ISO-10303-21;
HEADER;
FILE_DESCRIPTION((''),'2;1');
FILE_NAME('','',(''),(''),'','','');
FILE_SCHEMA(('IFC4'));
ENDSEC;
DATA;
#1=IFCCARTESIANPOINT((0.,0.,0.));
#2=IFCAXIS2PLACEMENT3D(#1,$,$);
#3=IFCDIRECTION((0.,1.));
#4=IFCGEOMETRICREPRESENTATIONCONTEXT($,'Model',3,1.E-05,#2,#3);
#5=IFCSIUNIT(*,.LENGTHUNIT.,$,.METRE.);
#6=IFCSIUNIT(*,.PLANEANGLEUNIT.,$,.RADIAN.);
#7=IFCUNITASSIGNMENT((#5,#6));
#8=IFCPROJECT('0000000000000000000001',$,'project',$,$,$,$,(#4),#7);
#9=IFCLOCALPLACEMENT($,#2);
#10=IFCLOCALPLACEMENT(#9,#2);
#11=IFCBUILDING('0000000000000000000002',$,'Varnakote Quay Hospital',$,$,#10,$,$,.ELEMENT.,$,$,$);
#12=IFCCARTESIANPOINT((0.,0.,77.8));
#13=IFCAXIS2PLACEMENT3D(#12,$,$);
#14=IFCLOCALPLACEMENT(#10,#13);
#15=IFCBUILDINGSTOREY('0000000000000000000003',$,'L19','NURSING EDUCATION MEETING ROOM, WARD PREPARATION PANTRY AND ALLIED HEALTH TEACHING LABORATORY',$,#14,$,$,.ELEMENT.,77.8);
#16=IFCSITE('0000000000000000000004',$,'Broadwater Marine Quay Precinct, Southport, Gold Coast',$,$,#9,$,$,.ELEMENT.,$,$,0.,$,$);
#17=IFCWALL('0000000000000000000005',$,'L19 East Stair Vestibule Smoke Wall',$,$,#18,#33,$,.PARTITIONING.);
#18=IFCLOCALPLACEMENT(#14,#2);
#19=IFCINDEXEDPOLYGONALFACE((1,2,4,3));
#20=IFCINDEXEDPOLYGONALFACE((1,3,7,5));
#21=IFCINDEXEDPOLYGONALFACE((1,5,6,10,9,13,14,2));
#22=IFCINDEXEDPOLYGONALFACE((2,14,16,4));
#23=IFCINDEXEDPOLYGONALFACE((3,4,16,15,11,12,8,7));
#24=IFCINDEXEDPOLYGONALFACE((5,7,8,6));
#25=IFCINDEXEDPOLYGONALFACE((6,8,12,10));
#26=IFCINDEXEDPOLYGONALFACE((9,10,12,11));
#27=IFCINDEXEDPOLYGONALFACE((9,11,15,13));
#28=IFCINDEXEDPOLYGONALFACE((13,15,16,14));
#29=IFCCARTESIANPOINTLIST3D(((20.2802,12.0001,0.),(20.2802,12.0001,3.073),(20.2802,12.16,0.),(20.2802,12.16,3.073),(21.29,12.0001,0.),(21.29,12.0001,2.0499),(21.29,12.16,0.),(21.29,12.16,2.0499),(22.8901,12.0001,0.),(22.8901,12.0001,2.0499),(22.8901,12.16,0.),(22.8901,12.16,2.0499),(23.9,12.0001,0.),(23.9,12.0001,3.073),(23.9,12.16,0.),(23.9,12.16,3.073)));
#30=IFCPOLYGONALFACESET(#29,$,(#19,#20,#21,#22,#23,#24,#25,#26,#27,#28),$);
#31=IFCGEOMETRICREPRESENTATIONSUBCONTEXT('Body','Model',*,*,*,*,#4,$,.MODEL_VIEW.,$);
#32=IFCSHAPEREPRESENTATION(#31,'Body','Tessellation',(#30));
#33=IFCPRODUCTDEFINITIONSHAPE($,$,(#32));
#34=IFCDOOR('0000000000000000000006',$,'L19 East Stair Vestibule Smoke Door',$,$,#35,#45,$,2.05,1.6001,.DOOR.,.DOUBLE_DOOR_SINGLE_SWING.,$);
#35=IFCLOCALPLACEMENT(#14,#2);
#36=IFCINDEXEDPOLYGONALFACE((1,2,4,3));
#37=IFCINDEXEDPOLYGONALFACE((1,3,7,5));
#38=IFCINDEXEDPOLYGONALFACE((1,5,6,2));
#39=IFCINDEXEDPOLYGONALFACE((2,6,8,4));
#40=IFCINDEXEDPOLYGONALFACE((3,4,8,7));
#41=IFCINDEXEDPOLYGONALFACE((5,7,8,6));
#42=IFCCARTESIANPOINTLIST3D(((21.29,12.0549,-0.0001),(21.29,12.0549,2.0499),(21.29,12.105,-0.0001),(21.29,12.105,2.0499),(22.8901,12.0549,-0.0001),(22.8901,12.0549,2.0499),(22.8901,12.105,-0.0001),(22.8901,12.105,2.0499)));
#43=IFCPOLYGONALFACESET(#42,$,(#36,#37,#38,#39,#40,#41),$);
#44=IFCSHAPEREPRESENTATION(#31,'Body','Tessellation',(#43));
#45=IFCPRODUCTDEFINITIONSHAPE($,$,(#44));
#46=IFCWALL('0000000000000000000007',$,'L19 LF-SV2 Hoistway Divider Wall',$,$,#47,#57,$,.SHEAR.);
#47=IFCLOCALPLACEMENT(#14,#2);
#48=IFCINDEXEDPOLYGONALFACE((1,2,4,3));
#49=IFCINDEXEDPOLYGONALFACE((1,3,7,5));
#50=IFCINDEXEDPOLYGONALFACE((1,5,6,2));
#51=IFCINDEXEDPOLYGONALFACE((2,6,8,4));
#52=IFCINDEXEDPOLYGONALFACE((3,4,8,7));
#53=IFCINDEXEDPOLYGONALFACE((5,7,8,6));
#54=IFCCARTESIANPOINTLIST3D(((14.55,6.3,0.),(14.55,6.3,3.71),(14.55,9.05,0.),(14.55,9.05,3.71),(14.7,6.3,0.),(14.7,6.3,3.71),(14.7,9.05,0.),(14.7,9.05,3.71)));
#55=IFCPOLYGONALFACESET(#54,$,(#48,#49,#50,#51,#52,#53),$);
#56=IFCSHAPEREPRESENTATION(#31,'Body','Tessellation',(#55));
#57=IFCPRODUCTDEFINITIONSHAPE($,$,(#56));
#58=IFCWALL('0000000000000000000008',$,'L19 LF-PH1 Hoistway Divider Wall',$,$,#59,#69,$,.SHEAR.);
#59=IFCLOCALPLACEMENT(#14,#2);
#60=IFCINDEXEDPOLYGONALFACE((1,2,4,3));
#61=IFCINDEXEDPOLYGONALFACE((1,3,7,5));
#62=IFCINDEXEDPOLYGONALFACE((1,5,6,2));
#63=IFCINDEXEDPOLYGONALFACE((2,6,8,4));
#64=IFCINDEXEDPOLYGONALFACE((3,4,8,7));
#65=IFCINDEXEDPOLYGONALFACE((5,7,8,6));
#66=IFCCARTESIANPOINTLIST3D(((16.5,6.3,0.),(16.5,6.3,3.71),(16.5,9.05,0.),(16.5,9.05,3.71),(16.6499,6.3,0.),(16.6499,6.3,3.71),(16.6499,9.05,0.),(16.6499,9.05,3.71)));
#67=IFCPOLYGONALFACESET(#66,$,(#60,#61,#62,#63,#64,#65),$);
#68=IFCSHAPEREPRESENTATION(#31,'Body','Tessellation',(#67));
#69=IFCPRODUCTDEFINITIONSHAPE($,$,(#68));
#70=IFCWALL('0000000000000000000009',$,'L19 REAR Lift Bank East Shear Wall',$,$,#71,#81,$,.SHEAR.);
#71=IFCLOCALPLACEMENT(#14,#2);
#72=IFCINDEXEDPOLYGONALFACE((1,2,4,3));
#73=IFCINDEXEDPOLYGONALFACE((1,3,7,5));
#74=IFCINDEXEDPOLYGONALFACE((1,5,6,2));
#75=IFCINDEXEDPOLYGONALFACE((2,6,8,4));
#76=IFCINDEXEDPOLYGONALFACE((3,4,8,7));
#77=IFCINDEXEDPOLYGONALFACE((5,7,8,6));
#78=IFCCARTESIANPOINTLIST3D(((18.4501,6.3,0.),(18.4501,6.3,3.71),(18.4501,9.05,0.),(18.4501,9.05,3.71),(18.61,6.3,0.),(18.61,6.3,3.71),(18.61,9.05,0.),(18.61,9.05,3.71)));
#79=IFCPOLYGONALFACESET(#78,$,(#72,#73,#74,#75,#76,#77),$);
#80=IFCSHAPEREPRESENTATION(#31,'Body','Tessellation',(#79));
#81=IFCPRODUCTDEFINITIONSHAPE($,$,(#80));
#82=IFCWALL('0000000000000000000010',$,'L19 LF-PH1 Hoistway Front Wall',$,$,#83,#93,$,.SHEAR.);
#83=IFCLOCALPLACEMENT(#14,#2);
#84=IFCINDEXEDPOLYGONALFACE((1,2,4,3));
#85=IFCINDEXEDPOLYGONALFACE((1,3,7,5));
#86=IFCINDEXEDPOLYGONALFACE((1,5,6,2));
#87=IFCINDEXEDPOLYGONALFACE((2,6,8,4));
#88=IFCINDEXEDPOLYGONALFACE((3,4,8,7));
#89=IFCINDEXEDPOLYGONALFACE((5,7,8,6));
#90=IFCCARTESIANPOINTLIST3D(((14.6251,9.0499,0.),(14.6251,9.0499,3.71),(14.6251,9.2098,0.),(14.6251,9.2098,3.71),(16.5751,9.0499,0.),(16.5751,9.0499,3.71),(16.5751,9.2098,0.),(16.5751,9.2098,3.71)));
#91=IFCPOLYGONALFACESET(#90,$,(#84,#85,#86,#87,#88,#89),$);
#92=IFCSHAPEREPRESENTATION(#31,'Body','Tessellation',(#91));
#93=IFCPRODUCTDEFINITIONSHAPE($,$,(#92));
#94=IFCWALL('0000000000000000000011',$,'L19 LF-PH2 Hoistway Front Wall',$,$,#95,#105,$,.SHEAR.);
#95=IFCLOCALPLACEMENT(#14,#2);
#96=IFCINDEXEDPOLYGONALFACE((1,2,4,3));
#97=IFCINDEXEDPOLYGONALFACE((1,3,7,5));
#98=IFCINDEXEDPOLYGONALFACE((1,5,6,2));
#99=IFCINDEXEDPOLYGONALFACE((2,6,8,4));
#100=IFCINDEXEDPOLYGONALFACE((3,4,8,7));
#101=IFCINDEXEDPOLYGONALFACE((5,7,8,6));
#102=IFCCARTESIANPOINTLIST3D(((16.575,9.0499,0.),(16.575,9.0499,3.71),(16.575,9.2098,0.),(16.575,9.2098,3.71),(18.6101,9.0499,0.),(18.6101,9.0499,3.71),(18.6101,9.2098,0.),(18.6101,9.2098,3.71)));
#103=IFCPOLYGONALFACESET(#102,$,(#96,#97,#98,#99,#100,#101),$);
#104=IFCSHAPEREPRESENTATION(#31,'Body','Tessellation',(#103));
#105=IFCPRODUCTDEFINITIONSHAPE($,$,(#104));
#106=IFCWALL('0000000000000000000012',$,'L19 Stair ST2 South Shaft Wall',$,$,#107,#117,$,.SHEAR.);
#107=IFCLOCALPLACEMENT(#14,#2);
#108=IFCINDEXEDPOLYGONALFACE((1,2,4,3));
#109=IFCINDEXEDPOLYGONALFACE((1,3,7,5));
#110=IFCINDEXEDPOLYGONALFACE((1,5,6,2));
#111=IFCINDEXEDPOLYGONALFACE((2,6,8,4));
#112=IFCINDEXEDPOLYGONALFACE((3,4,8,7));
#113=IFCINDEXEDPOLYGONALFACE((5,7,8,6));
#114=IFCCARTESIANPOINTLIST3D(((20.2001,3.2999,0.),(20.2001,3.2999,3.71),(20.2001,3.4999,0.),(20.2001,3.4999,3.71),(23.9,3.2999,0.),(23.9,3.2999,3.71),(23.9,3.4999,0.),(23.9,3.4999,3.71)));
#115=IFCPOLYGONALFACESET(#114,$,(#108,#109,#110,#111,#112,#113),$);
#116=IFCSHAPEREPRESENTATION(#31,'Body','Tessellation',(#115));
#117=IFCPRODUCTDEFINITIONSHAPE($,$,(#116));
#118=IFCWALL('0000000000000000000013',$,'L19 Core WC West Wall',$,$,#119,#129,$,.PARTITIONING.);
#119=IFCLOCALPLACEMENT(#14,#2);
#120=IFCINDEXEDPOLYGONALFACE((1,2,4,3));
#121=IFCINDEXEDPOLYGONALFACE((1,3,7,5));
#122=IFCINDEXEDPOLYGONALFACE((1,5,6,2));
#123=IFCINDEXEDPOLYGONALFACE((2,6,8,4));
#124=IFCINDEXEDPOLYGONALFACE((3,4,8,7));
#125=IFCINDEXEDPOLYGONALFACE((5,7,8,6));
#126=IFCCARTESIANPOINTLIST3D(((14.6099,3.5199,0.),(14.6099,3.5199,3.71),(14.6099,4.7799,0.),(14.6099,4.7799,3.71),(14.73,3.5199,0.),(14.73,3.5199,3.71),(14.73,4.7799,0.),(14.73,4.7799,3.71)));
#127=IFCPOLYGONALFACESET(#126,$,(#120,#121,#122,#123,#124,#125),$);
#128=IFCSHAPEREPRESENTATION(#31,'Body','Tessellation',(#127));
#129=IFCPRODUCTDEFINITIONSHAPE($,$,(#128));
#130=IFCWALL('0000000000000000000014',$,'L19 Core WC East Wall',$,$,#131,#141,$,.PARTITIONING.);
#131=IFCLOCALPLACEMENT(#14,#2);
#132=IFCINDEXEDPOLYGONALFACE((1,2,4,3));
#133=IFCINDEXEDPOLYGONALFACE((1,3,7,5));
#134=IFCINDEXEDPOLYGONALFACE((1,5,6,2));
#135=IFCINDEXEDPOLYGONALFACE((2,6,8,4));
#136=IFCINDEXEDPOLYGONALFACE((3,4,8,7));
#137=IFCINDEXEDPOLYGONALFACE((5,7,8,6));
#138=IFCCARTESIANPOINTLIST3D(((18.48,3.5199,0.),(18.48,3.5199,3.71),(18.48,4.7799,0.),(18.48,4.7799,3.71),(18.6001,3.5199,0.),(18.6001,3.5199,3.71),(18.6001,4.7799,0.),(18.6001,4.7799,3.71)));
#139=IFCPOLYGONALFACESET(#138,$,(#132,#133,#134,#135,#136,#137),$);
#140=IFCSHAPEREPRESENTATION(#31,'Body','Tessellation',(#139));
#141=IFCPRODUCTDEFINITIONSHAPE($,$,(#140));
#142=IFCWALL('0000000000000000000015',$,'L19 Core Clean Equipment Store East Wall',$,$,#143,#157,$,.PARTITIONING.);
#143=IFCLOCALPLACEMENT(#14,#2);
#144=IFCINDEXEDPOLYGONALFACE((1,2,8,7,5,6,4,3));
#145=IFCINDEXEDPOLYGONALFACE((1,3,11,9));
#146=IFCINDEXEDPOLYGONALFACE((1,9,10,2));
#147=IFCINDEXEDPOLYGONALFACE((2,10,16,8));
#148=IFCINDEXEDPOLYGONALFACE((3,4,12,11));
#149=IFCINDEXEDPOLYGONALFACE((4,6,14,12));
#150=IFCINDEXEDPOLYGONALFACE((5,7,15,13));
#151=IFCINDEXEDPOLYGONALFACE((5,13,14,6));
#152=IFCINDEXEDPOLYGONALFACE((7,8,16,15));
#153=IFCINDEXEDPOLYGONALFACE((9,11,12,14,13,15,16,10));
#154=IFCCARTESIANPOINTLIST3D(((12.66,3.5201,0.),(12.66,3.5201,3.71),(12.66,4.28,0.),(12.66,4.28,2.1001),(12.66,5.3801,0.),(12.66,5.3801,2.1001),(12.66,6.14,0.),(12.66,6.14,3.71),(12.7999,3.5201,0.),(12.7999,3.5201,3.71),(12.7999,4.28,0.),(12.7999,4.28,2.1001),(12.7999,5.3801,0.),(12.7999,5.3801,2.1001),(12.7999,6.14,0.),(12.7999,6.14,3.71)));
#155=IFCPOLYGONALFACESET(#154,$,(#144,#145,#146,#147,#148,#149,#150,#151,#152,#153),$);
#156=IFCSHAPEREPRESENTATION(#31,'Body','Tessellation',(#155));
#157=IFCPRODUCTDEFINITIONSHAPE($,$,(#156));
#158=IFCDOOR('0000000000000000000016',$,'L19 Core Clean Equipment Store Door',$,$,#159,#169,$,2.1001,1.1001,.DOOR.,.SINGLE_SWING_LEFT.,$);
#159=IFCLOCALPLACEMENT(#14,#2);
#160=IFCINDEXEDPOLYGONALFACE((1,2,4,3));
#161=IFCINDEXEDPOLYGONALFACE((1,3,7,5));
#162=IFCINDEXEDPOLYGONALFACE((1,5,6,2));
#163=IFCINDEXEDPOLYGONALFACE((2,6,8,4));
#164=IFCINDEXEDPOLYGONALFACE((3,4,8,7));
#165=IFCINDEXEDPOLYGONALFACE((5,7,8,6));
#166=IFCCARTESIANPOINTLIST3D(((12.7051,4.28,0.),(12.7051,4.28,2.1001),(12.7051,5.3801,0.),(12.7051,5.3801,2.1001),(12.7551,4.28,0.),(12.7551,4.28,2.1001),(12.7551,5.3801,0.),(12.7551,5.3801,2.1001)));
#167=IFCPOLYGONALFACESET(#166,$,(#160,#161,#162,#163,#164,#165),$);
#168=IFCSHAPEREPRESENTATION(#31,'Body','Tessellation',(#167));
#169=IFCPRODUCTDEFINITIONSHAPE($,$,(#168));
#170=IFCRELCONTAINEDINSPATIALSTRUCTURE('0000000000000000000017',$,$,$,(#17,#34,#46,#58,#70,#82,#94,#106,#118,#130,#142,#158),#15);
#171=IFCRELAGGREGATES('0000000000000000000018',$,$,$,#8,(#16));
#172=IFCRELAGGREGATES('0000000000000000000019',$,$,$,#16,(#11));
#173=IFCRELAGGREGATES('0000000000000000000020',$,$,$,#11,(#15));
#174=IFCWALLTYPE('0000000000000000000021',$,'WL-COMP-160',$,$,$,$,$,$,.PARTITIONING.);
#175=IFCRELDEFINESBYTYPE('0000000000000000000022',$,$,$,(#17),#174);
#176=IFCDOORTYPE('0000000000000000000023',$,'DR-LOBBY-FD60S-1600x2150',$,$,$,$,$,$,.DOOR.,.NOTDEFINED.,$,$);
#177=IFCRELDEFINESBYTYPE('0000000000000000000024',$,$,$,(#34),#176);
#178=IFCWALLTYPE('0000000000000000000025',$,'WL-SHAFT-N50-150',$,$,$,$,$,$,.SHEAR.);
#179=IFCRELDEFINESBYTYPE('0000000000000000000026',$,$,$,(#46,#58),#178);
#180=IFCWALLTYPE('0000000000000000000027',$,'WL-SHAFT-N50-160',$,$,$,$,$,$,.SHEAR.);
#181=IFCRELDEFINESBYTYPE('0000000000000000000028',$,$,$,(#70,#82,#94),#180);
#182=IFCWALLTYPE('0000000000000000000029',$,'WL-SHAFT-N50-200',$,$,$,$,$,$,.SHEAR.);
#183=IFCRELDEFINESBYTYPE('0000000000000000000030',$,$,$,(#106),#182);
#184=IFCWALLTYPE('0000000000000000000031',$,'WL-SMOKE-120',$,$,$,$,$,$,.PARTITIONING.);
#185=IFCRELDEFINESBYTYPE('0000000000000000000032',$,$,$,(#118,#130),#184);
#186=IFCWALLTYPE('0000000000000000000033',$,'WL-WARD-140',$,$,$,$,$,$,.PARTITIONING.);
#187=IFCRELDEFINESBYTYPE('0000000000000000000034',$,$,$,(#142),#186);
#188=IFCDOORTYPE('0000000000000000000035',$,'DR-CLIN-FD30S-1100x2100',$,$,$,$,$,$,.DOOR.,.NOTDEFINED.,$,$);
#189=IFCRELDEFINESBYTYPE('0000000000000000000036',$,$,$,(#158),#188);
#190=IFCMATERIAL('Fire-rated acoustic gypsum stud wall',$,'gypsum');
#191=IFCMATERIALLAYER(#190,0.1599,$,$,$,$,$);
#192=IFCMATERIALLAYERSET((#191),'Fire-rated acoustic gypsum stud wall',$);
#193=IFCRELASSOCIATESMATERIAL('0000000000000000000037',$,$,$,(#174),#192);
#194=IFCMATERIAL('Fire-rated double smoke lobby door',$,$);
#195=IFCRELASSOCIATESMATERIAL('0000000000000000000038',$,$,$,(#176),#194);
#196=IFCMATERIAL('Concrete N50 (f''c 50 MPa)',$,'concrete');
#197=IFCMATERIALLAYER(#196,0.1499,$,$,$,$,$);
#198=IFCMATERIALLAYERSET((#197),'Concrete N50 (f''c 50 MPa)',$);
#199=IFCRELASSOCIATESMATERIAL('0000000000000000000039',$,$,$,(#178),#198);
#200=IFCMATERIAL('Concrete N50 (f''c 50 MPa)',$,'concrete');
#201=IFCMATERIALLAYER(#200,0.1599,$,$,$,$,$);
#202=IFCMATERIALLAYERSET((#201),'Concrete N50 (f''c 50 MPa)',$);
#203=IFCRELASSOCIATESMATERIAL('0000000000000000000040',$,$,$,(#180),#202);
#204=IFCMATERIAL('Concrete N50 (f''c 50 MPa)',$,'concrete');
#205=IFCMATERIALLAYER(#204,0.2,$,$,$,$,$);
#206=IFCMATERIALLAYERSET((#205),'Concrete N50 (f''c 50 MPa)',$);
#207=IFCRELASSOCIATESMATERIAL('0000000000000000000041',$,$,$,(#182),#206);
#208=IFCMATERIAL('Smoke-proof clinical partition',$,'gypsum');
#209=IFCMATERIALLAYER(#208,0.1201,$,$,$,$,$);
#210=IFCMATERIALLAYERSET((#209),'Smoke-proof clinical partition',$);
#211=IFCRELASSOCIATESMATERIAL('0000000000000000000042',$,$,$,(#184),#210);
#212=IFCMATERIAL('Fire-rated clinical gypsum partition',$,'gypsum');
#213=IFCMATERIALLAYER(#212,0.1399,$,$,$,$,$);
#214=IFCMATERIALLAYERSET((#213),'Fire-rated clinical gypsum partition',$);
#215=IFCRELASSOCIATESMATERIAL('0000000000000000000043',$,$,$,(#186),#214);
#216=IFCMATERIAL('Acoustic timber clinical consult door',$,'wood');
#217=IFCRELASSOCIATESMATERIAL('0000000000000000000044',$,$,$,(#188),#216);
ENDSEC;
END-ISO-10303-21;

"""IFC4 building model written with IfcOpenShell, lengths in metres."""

from ifc_helpers import new_model, si_unit, direction, frame, frame_2d, origin, place, context, subcontext, project, spatial, rectangle, extrude, material, layer, layer_set, type_object, element, fill, save


model = new_model("IFC4")

# Units and contexts
model_context = context("Model", 3, precision=1e-05, world=origin(), true_north=direction((0.0, 1.0)))
body_context = subcontext(model_context, "Body", "Model", "MODEL_VIEW")
ifc_project = project(units=[si_unit("LENGTHUNIT", "METRE"), si_unit("PLANEANGLEUNIT", "RADIAN")], contexts=[model_context])

# Site, building, storey
site_placement = place(None, origin())
site = spatial("IfcSite", under=ifc_project, at=site_placement, Name="Broadwater Marine Quay Precinct, Southport, Gold Coast", CompositionType="ELEMENT", RefElevation=0.0)
building_placement = place(site_placement, origin())
building = spatial("IfcBuilding", under=site, at=building_placement, Name="Varnakote Quay Hospital", CompositionType="ELEMENT")
storey_placement = place(building_placement, frame((0.0, 0.0, 77.8)))
storey = spatial("IfcBuildingStorey", under=building, at=storey_placement, Name="L19", Description="NURSING EDUCATION MEETING ROOM, WARD PREPARATION PANTRY AND ALLIED HEALTH TEACHING LABORATORY", CompositionType="ELEMENT", Elevation=77.8)

# Shared definitions
ifc_material_1 = material(Name="Fire-rated acoustic gypsum stud wall", Category="gypsum")
ifc_layer_1 = layer(ifc_material_1, 0.1599)
ifc_layer_set_1 = layer_set([ifc_layer_1], Name="Fire-rated acoustic gypsum stud wall")
wall_type_1 = type_object("IfcWallType", Name="WL-COMP-160", PredefinedType="PARTITIONING", material=ifc_layer_set_1)

# Shared definitions
ifc_material_2 = material(Name="Fire-rated double smoke lobby door")
door_type_1 = type_object("IfcDoorType", Name="DR-LOBBY-FD60S-1600x2150", OperationType="NOTDEFINED", PredefinedType="DOOR", material=ifc_material_2)

# Wall, opening, door
wall_1_placement = place(storey_placement, frame((20.28, 12.0801, 0.0), z_axis=(0.0, 0.0, 1.0), x_axis=(1.0, 0.0, 0.0)))
wall_1 = element("IfcWall", 1, at=wall_1_placement, inside=storey, type_object=wall_type_1, Name="L19 East Stair Vestibule Smoke Wall", PredefinedType="PARTITIONING", context=body_context, shape_type="SweptSolid", body=[
    extrude(rectangle(XDim=3.6199, YDim=0.1599, at=frame_2d((1.8101, 0.0))), origin(), (0.0, 0.0, 1.0), 3.073),
])
opening_1_placement = place(wall_1_placement, frame((1.01, 0.0, 0.0)))
opening_1 = element("IfcOpeningElement", 2, at=opening_1_placement, cuts=wall_1, PredefinedType="OPENING", context=body_context, shape_type="SweptSolid", body=[
    extrude(rectangle(XDim=1.6001, YDim=2.05, at=frame_2d((0.8, 1.0249))), frame((0.0, 0.0898, 0.0), z_axis=(0.0, -1.0, 0.0), x_axis=(1.0, 0.0, 0.0)), (0.0, 0.0, 1.0), 0.1799),
])
door_1_placement = place(opening_1_placement, origin())
door_1 = element("IfcDoor", 3, at=door_1_placement, inside=storey, type_object=door_type_1, Name="L19 East Stair Vestibule Smoke Door", OperationType="DOUBLE_DOOR_SINGLE_SWING", OverallHeight=2.05, OverallWidth=1.6001, PredefinedType="DOOR", context=body_context, shape_type="SweptSolid", body=[
    extrude(rectangle(XDim=1.6001, YDim=2.05, at=frame_2d((0.8, 1.0249))), frame((0.0, 0.0249, 0.0), z_axis=(0.0, -1.0, 0.0), x_axis=(1.0, 0.0, 0.0)), (0.0, 0.0, 1.0), 0.05),
])
fill(opening_1, door_1)

# Walls
ifc_material_3 = material(Name="Concrete N50 (f'c 50 MPa)", Category="concrete")
ifc_layer_2 = layer(ifc_material_3, 0.1499)
ifc_layer_set_2 = layer_set([ifc_layer_2], Name="Concrete N50 (f'c 50 MPa)")
wall_type_2 = type_object("IfcWallType", Name="WL-SHAFT-N50-150", PredefinedType="SHEAR", material=ifc_layer_set_2)
for number, where, z_axis, x_axis, name in (
    (4, (14.625, 6.3, 0.0), (0.0, 0.0, 1.0), (0.0, 1.0, 0.0), "L19 LF-SV2 Hoistway Divider Wall"),
    (5, (16.575, 6.3, 0.0), (0.0, 0.0, 1.0), (0.0, 1.0, 0.0), "L19 LF-PH1 Hoistway Divider Wall"),
):
    element("IfcWall", number, at=place(storey_placement, frame(where, z_axis=z_axis, x_axis=x_axis)), inside=storey, type_object=wall_type_2, Name=name, PredefinedType="SHEAR", context=body_context, shape_type="SweptSolid", body=[
        extrude(rectangle(XDim=2.75, YDim=0.1499, at=frame_2d((1.375, 0.0))), origin(), (0.0, 0.0, 1.0), 3.71),
    ])
ifc_material_4 = material(Name="Concrete N50 (f'c 50 MPa)", Category="concrete")
ifc_layer_3 = layer(ifc_material_4, 0.1599)
ifc_layer_set_3 = layer_set([ifc_layer_3], Name="Concrete N50 (f'c 50 MPa)")
wall_type_3 = type_object("IfcWallType", Name="WL-SHAFT-N50-160", PredefinedType="SHEAR", material=ifc_layer_set_3)
wall_2_placement = place(storey_placement, frame((18.53, 6.3, 0.0), z_axis=(0.0, 0.0, 1.0), x_axis=(0.0, 1.0, 0.0)))
element("IfcWall", 6, at=wall_2_placement, inside=storey, type_object=wall_type_3, Name="L19 REAR Lift Bank East Shear Wall", PredefinedType="SHEAR", context=body_context, shape_type="SweptSolid", body=[
    extrude(rectangle(XDim=2.75, YDim=0.1599, at=frame_2d((1.375, 0.0))), origin(), (0.0, 0.0, 1.0), 3.71),
])

# Walls
wall_3_placement = place(storey_placement, frame((14.625, 9.1299, 0.0), z_axis=(0.0, 0.0, 1.0), x_axis=(1.0, 0.0, 0.0)))
element("IfcWall", 7, at=wall_3_placement, inside=storey, type_object=wall_type_3, Name="L19 LF-PH1 Hoistway Front Wall", PredefinedType="SHEAR", context=body_context, shape_type="SweptSolid", body=[
    extrude(rectangle(XDim=1.95, YDim=0.1599, at=frame_2d((0.9751, 0.0))), origin(), (0.0, 0.0, 1.0), 3.71),
])
wall_4_placement = place(storey_placement, frame((16.575, 9.1299, 0.0), z_axis=(0.0, 0.0, 1.0), x_axis=(1.0, 0.0, 0.0)))
element("IfcWall", 8, at=wall_4_placement, inside=storey, type_object=wall_type_3, Name="L19 LF-PH2 Hoistway Front Wall", PredefinedType="SHEAR", context=body_context, shape_type="SweptSolid", body=[
    extrude(rectangle(XDim=2.0352, YDim=0.1599, at=frame_2d((1.0176, 0.0))), origin(), (0.0, 0.0, 1.0), 3.71),
])
ifc_material_5 = material(Name="Concrete N50 (f'c 50 MPa)", Category="concrete")
ifc_layer_4 = layer(ifc_material_5, 0.2)
ifc_layer_set_4 = layer_set([ifc_layer_4], Name="Concrete N50 (f'c 50 MPa)")
wall_type_4 = type_object("IfcWallType", Name="WL-SHAFT-N50-200", PredefinedType="SHEAR", material=ifc_layer_set_4)
wall_5_placement = place(storey_placement, frame((20.2, 3.3999, 0.0), z_axis=(0.0, 0.0, 1.0), x_axis=(1.0, 0.0, 0.0)))
element("IfcWall", 9, at=wall_5_placement, inside=storey, type_object=wall_type_4, Name="L19 Stair ST2 South Shaft Wall", PredefinedType="SHEAR", context=body_context, shape_type="SweptSolid", body=[
    extrude(rectangle(XDim=3.7, YDim=0.2, at=frame_2d((1.8501, 0.0))), origin(), (0.0, 0.0, 1.0), 3.71),
])

# Walls
ifc_material_6 = material(Name="Smoke-proof clinical partition", Category="gypsum")
ifc_layer_5 = layer(ifc_material_6, 0.1201)
ifc_layer_set_5 = layer_set([ifc_layer_5], Name="Smoke-proof clinical partition")
wall_type_5 = type_object("IfcWallType", Name="WL-SMOKE-120", PredefinedType="PARTITIONING", material=ifc_layer_set_5)
for number, where, z_axis, x_axis, name in (
    (10, (14.6699, 3.52, 0.0), (0.0, 0.0, 1.0), (0.0, 1.0, 0.0), "L19 Core WC West Wall"),
    (11, (18.54, 3.52, 0.0), (0.0, 0.0, 1.0), (0.0, 1.0, 0.0), "L19 Core WC East Wall"),
):
    element("IfcWall", number, at=place(storey_placement, frame(where, z_axis=z_axis, x_axis=x_axis)), inside=storey, type_object=wall_type_5, Name=name, PredefinedType="PARTITIONING", context=body_context, shape_type="SweptSolid", body=[
        extrude(rectangle(XDim=1.26, YDim=0.1201, at=frame_2d((0.6299, 0.0))), origin(), (0.0, 0.0, 1.0), 3.71),
    ])

# Wall, opening, door
ifc_material_7 = material(Name="Fire-rated clinical gypsum partition", Category="gypsum")
ifc_layer_6 = layer(ifc_material_7, 0.1399)
ifc_layer_set_6 = layer_set([ifc_layer_6], Name="Fire-rated clinical gypsum partition")
wall_type_6 = type_object("IfcWallType", Name="WL-WARD-140", PredefinedType="PARTITIONING", material=ifc_layer_set_6)
wall_6_placement = place(storey_placement, frame((12.73, 3.52, 0.0), z_axis=(0.0, 0.0, 1.0), x_axis=(0.0, 1.0, 0.0)))
wall_6 = element("IfcWall", 12, at=wall_6_placement, inside=storey, type_object=wall_type_6, Name="L19 Core Clean Equipment Store East Wall", PredefinedType="PARTITIONING", context=body_context, shape_type="SweptSolid", body=[
    extrude(rectangle(XDim=2.6199, YDim=0.1399, at=frame_2d((1.3101, 0.0))), origin(), (0.0, 0.0, 1.0), 3.71),
])
opening_2_placement = place(wall_6_placement, frame((0.76, 0.0, 0.0)))
opening_2 = element("IfcOpeningElement", 13, at=opening_2_placement, cuts=wall_6, PredefinedType="OPENING", context=body_context, shape_type="SweptSolid", body=[
    extrude(rectangle(XDim=1.1001, YDim=2.1001, at=frame_2d((0.55, 1.05))), frame((0.0, 0.0798, 0.0), z_axis=(0.0, -1.0, 0.0), x_axis=(1.0, 0.0, 0.0)), (0.0, 0.0, 1.0), 0.1599),
])
ifc_material_8 = material(Name="Acoustic timber clinical consult door", Category="wood")
door_type_2 = type_object("IfcDoorType", Name="DR-CLIN-FD30S-1100x2100", OperationType="NOTDEFINED", PredefinedType="DOOR", material=ifc_material_8)
door_2_placement = place(opening_2_placement, origin())
door_2 = element("IfcDoor", 14, at=door_2_placement, inside=storey, type_object=door_type_2, Name="L19 Core Clean Equipment Store Door", OperationType="SINGLE_SWING_LEFT", OverallHeight=2.1001, OverallWidth=1.1001, PredefinedType="DOOR", context=body_context, shape_type="SweptSolid", body=[
    extrude(rectangle(XDim=1.1001, YDim=2.1001, at=frame_2d((0.55, 1.05))), frame((0.0, 0.0249, 0.0), z_axis=(0.0, -1.0, 0.0), x_axis=(1.0, 0.0, 0.0)), (0.0, 0.0, 1.0), 0.05),
])
fill(opening_2, door_2)

save(model, "model.ifc")
